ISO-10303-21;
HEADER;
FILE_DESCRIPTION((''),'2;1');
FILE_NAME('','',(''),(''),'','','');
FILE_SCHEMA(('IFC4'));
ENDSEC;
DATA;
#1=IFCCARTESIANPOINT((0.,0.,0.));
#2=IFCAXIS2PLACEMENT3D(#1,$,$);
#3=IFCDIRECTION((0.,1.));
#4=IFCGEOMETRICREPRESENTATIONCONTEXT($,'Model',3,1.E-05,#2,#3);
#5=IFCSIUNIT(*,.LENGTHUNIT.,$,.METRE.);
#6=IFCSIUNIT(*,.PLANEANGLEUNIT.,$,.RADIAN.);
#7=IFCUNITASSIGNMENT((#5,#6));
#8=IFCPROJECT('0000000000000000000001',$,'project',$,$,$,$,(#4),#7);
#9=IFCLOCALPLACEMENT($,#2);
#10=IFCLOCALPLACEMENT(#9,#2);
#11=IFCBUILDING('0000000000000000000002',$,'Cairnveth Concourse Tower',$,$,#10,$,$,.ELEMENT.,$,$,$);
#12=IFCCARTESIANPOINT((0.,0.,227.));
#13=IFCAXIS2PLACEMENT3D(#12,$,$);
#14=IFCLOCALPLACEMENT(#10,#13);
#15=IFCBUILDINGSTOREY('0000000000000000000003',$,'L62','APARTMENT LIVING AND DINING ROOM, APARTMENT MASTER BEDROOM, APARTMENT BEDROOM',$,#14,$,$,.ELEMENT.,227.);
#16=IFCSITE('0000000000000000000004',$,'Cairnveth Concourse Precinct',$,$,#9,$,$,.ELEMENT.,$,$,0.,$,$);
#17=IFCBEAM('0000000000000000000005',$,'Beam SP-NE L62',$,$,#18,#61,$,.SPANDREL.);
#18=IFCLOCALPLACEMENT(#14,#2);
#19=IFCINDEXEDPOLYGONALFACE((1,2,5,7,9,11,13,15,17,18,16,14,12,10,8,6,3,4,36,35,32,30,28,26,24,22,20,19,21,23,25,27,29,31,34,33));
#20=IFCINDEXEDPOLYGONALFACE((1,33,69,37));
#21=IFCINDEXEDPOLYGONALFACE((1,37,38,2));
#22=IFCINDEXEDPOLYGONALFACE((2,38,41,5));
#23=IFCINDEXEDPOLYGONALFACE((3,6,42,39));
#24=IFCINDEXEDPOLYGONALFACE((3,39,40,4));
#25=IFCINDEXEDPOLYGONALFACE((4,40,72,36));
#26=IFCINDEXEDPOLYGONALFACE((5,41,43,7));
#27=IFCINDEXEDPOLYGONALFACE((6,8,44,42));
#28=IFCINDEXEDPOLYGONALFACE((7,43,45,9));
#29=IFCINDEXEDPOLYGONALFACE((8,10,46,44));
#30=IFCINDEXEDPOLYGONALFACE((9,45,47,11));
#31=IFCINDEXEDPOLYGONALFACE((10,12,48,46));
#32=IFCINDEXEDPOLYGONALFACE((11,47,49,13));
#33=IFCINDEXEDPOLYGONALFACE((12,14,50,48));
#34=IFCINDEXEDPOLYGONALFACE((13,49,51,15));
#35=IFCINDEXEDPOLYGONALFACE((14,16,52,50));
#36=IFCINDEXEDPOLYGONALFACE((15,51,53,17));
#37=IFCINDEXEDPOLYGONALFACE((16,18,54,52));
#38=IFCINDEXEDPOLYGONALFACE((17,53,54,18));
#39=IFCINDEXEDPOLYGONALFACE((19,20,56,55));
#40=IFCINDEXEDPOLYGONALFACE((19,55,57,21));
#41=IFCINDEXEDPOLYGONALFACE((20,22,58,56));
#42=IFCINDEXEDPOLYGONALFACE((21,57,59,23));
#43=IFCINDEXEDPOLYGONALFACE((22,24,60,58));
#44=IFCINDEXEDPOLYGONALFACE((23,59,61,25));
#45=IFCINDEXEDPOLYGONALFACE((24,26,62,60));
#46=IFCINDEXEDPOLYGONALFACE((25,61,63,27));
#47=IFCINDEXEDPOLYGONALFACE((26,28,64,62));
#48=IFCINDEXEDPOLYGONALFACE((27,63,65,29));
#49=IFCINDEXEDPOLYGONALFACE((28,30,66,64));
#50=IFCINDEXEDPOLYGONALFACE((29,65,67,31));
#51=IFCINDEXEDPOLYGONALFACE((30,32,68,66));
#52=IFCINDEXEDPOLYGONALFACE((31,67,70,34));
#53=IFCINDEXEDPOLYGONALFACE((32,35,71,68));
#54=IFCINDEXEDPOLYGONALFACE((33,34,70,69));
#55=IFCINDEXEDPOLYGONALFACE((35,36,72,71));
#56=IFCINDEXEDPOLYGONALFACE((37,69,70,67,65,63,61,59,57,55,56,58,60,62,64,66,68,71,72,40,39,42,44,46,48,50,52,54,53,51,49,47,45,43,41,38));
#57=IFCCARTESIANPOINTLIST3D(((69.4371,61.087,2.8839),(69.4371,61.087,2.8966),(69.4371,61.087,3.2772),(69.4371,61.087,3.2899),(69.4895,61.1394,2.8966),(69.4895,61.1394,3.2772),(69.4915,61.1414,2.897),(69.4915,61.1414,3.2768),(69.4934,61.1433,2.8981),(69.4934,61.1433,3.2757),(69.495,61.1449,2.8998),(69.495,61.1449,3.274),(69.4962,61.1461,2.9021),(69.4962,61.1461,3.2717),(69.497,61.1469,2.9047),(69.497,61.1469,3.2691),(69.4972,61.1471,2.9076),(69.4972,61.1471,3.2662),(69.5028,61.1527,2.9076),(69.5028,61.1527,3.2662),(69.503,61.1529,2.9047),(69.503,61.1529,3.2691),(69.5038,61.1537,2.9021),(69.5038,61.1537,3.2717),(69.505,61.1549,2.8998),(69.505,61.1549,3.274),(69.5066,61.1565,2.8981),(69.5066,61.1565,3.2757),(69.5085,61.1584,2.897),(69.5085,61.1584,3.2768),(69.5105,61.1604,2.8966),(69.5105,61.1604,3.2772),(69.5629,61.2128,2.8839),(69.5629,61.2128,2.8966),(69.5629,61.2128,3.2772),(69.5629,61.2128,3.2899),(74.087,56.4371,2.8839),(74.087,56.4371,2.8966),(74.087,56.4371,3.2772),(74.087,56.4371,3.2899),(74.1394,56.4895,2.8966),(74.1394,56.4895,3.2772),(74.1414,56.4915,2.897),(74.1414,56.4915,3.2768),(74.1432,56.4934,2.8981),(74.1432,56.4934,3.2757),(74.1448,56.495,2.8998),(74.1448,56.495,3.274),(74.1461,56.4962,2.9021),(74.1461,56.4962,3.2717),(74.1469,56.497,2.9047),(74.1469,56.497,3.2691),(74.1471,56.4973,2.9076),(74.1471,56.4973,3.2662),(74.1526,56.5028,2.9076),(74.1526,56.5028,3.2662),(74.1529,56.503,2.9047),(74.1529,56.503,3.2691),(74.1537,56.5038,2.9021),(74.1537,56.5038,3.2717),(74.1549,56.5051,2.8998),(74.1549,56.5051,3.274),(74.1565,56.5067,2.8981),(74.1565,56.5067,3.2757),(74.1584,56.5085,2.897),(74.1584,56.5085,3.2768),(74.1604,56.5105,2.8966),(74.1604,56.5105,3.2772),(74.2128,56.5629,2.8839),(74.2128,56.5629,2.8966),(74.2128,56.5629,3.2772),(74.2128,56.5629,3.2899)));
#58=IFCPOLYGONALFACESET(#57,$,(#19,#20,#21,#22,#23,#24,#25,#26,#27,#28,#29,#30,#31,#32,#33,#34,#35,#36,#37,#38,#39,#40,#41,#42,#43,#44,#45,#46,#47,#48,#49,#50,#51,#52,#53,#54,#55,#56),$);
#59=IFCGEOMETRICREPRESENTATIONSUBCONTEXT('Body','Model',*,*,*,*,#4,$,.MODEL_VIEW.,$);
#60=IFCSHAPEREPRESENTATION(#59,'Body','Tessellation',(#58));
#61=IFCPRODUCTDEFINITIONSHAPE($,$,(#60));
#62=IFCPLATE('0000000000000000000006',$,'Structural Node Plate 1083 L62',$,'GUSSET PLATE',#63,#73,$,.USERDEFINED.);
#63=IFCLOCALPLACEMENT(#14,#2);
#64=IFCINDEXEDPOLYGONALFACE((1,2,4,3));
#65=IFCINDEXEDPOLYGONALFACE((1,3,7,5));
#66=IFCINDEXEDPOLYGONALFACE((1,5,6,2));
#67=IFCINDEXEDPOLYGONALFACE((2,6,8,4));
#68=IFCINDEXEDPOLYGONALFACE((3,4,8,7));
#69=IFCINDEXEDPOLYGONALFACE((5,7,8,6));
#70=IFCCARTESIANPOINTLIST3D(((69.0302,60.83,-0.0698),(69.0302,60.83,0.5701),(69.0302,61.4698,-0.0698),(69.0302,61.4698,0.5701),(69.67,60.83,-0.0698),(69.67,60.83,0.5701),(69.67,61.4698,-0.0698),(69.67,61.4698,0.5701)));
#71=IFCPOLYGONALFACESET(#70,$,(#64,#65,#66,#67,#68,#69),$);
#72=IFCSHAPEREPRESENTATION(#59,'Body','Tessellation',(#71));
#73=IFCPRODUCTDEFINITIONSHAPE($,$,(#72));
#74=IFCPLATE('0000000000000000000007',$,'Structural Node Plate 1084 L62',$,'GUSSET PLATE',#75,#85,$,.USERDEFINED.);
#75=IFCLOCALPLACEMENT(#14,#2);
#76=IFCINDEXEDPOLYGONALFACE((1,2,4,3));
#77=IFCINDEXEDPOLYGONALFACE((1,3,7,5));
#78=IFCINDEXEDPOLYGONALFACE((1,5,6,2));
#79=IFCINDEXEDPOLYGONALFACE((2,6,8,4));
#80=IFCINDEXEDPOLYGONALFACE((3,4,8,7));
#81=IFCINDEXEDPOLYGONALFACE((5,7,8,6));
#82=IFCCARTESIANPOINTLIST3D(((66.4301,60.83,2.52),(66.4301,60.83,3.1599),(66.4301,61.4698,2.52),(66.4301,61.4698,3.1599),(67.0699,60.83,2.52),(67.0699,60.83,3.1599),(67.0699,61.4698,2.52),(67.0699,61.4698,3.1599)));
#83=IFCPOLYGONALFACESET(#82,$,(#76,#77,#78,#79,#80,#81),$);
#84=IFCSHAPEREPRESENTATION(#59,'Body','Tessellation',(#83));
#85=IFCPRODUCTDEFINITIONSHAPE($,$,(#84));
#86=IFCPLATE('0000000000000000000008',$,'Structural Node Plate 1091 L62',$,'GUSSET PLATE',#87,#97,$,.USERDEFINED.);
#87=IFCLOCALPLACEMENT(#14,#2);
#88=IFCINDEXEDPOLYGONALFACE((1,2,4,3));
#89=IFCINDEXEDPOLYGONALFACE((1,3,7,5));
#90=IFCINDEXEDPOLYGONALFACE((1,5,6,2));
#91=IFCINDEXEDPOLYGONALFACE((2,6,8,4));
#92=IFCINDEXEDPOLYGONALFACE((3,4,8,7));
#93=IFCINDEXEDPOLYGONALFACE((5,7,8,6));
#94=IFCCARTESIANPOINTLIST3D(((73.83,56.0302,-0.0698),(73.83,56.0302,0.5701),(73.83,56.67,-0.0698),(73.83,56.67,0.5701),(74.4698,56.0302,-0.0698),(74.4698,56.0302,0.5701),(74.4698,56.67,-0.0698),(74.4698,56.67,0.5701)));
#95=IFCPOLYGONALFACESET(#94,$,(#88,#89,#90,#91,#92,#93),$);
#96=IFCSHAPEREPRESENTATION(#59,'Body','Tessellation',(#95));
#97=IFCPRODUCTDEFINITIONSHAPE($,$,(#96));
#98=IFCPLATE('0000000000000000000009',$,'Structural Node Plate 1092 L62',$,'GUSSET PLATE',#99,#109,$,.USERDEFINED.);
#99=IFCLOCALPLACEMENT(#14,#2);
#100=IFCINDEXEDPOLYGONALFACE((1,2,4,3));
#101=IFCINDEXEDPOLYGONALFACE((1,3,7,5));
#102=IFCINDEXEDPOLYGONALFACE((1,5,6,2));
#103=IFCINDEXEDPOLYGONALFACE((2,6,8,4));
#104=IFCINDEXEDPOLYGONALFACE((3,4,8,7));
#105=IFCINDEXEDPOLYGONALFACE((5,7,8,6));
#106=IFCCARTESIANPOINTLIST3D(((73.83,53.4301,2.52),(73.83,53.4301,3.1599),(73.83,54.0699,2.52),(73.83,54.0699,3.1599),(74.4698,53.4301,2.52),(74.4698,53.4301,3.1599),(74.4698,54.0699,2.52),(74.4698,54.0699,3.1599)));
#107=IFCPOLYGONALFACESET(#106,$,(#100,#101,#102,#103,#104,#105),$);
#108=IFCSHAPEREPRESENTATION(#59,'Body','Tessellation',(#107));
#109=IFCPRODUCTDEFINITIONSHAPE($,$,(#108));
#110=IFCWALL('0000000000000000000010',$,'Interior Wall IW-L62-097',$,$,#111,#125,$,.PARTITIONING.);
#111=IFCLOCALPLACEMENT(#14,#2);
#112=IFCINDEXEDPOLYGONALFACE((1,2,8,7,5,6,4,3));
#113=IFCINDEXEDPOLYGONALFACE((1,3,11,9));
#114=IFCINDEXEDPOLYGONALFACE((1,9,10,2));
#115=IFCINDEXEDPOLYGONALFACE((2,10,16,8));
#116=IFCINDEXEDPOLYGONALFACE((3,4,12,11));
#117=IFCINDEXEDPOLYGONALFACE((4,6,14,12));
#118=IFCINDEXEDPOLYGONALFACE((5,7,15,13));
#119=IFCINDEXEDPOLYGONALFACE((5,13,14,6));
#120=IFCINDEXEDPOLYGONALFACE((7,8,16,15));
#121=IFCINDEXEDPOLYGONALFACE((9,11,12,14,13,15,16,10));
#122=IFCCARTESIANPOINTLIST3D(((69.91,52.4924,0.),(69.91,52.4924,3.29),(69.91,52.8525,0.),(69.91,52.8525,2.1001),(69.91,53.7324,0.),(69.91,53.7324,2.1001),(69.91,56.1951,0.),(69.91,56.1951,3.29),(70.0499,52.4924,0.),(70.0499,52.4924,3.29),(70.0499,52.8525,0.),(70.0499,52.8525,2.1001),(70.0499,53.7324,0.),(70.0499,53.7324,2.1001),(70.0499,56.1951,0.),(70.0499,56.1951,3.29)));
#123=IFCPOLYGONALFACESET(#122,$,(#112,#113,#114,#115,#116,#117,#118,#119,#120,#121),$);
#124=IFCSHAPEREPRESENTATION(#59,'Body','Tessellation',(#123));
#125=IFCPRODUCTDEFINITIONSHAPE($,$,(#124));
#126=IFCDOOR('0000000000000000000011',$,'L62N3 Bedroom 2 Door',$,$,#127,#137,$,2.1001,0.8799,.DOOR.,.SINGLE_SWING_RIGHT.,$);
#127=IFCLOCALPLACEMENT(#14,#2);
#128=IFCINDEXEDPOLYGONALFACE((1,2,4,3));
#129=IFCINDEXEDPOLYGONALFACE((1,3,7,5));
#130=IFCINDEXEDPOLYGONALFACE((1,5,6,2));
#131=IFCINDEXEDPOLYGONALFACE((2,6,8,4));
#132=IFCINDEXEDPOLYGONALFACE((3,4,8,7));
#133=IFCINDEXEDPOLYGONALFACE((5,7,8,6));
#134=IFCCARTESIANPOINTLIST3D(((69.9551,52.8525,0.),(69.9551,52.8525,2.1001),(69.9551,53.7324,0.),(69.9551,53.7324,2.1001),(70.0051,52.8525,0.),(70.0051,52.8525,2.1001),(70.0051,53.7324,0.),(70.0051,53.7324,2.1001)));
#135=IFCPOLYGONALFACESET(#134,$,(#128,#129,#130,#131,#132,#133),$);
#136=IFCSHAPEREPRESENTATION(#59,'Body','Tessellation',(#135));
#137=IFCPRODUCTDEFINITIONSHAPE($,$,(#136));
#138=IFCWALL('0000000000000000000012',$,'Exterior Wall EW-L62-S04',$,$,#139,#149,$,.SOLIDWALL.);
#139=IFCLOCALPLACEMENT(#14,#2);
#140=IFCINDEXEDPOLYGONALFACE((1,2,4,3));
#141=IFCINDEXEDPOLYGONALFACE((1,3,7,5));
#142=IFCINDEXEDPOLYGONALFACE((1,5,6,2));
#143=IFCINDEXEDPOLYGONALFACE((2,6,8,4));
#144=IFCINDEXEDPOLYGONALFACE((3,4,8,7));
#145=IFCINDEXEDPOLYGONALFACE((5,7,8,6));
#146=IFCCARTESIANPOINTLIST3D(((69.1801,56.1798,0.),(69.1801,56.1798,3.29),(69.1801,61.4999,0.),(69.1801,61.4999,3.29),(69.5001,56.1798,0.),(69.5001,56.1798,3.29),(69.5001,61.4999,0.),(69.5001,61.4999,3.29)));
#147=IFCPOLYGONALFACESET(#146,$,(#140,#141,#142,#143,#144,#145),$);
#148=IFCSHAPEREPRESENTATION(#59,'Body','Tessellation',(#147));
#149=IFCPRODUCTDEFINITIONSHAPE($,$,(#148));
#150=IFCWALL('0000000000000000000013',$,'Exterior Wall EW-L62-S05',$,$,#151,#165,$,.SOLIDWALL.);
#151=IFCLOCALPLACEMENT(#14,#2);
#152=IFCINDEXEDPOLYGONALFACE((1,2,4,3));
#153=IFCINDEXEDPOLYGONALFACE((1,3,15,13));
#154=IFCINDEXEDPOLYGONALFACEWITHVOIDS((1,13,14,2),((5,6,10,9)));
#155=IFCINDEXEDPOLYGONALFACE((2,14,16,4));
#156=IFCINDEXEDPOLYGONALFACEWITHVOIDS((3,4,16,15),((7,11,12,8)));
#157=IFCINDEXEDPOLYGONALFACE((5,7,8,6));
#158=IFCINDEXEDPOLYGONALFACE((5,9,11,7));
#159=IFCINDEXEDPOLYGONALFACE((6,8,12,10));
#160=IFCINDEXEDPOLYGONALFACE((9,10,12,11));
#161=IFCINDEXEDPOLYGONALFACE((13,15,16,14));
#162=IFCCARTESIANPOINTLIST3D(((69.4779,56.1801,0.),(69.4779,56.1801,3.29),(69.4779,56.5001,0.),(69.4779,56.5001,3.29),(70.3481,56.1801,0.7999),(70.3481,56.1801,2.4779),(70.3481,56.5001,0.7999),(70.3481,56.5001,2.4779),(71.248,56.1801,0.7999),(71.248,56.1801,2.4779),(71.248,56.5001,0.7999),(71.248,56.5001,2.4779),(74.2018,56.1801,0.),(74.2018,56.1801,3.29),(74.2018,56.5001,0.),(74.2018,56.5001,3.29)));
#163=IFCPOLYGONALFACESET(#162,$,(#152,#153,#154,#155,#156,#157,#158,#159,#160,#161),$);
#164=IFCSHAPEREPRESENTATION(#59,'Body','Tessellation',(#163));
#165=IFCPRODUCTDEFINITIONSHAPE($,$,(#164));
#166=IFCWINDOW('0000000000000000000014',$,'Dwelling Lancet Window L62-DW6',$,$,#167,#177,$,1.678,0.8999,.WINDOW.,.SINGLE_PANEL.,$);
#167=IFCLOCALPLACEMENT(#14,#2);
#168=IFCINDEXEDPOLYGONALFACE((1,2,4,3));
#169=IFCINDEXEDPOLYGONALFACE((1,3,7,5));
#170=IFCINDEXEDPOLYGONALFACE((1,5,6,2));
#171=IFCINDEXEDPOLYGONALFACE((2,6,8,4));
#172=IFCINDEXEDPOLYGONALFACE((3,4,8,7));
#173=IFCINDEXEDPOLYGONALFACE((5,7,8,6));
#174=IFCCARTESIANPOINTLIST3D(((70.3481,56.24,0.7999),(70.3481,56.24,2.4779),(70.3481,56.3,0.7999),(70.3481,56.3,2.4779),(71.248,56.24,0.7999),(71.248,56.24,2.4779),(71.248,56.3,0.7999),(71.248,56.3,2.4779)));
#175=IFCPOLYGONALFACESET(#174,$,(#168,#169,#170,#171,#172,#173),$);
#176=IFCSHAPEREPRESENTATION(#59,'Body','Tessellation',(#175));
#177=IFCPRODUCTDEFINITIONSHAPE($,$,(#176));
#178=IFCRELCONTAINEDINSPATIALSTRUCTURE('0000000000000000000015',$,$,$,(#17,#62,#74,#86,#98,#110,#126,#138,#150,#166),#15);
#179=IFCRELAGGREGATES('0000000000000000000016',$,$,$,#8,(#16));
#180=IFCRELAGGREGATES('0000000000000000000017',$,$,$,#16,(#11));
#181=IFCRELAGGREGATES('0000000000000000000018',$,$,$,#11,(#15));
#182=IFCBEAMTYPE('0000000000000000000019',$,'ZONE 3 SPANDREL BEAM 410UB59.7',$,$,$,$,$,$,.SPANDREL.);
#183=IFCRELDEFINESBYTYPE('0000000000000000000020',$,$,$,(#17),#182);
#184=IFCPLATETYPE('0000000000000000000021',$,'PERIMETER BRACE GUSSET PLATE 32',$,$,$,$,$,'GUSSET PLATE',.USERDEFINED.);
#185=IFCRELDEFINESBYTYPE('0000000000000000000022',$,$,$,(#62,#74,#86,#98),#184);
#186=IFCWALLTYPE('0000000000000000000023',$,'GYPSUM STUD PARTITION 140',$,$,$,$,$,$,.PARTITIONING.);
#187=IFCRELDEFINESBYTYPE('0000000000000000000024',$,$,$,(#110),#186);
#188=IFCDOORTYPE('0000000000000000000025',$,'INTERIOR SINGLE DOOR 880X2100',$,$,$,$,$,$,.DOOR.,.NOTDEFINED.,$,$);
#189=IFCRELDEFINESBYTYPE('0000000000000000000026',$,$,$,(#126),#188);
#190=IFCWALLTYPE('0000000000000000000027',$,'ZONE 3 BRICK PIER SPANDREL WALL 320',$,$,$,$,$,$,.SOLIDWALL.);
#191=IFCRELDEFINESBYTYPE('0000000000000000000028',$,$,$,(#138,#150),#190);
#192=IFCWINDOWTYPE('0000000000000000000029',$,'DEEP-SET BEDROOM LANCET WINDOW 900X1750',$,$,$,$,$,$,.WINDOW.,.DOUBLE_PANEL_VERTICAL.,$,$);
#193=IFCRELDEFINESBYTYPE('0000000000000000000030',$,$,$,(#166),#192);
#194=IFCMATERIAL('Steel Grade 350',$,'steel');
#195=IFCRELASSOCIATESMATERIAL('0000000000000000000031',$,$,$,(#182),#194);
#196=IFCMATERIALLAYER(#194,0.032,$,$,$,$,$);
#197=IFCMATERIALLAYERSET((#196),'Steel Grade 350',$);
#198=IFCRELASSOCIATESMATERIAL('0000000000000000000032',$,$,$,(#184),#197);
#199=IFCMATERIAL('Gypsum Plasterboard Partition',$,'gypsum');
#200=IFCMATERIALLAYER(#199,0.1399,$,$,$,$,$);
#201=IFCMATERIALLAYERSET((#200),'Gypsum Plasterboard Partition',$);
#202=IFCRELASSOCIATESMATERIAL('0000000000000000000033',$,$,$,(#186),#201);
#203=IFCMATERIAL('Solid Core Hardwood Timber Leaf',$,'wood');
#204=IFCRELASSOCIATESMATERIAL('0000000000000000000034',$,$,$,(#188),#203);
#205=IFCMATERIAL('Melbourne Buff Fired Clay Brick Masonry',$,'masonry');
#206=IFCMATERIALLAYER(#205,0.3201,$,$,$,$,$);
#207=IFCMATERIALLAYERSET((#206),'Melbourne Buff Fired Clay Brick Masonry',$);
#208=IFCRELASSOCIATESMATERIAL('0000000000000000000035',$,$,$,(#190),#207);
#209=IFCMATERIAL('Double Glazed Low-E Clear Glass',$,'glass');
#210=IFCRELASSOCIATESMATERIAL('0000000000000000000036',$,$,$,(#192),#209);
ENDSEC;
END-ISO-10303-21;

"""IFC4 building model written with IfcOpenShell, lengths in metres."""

from ifc_helpers import new_model, si_unit, direction, frame, frame_2d, origin, origin_2d, place, context, subcontext, project, spatial, rectangle, i_section, extrude, material, layer, layer_set, material_profile, profile_set, type_object, element, fill, save


model = new_model("IFC4")

# Units and contexts
model_context = context("Model", 3, precision=1e-05, world=origin(), true_north=direction((0.0, 1.0)))
body_context = subcontext(model_context, "Body", "Model", "MODEL_VIEW")
ifc_project = project(units=[si_unit("LENGTHUNIT", "METRE"), si_unit("PLANEANGLEUNIT", "RADIAN")], contexts=[model_context])

# Site, building, storey
site_placement = place(None, origin())
site = spatial("IfcSite", under=ifc_project, at=site_placement, Name="Cairnveth Concourse Precinct", CompositionType="ELEMENT", RefElevation=0.0)
building_placement = place(site_placement, origin())
building = spatial("IfcBuilding", under=site, at=building_placement, Name="Cairnveth Concourse Tower", CompositionType="ELEMENT")
storey_placement = place(building_placement, frame((0.0, 0.0, 227.0)))
storey = spatial("IfcBuildingStorey", under=building, at=storey_placement, Name="L62", Description="APARTMENT LIVING AND DINING ROOM, APARTMENT MASTER BEDROOM, APARTMENT BEDROOM", CompositionType="ELEMENT", Elevation=227.0)

# Shared definitions
ifc_material_1 = material(Name="Steel Grade 350", Category="steel")

# Beam
ifc_material_profile_1 = material_profile(ifc_material_1, i_section(OverallWidth=0.178, OverallDepth=0.406, WebThickness=0.0078, FlangeThickness=0.0127, FilletRadius=0.011, at=origin_2d()), Name="410UB59.7")
ifc_profile_set_1 = profile_set([ifc_material_profile_1], Name="Steel Grade 350")
beam_type_1 = type_object("IfcBeamType", Name="ZONE 3 SPANDREL BEAM 410UB59.7", PredefinedType="SPANDREL", material=ifc_profile_set_1)
beam_1_placement = place(storey_placement, frame((69.5, 61.1499, 3.0869), z_axis=(0.707107, -0.707107, 0.0), x_axis=(0.707107, 0.707107, 0.0)))
element("IfcBeam", 1, at=beam_1_placement, inside=storey, type_object=beam_type_1, Name="Beam SP-NE L62", PredefinedType="SPANDREL", context=body_context, shape_type="SweptSolid", body=[
    extrude(i_section(OverallWidth=0.178, OverallDepth=0.406, WebThickness=0.0078, FlangeThickness=0.0127, FilletRadius=0.011, at=origin_2d()), origin(), (0.0, 0.0, 1.0), 6.5759),
])

# Plates
ifc_layer_1 = layer(ifc_material_1, 0.032)
ifc_layer_set_1 = layer_set([ifc_layer_1], Name="Steel Grade 350")
plate_type = type_object("IfcPlateType", Name="PERIMETER BRACE GUSSET PLATE 32", ElementType="GUSSET PLATE", PredefinedType="USERDEFINED", material=ifc_layer_set_1)
for number, where, z_axis, x_axis, name in (
    (2, (69.3501, 61.1499, -0.0698), (0.0, 0.0, 1.0), (1.0, 0.0, 0.0), "Structural Node Plate 1083 L62"),
    (3, (66.75, 61.1499, 2.52), (0.0, 0.0, 1.0), (1.0, 0.0, 0.0), "Structural Node Plate 1084 L62"),
    (4, (74.1499, 56.3501, -0.0698), (0.0, 0.0, 1.0), (1.0, 0.0, 0.0), "Structural Node Plate 1091 L62"),
    (5, (74.1499, 53.75, 2.52), (0.0, 0.0, 1.0), (1.0, 0.0, 0.0), "Structural Node Plate 1092 L62"),
):
    element("IfcPlate", number, at=place(storey_placement, frame(where, z_axis=z_axis, x_axis=x_axis)), inside=storey, type_object=plate_type, Name=name, ObjectType="GUSSET PLATE", PredefinedType="USERDEFINED", context=body_context, shape_type="SweptSolid", body=[
        extrude(rectangle(XDim=0.6399, YDim=0.6399, at=origin_2d()), origin(), (0.0, 0.0, 1.0), 0.6399),
    ])

# Wall, opening, door
ifc_material_2 = material(Name="Gypsum Plasterboard Partition", Category="gypsum")
ifc_layer_2 = layer(ifc_material_2, 0.1399)
ifc_layer_set_2 = layer_set([ifc_layer_2], Name="Gypsum Plasterboard Partition")
wall_type_1 = type_object("IfcWallType", Name="GYPSUM STUD PARTITION 140", PredefinedType="PARTITIONING", material=ifc_layer_set_2)
wall_1_placement = place(storey_placement, frame((69.98, 52.4924, 0.0), z_axis=(0.0, 0.0, 1.0), x_axis=(0.0, 1.0, 0.0)))
wall_1 = element("IfcWall", 6, at=wall_1_placement, inside=storey, type_object=wall_type_1, Name="Interior Wall IW-L62-097", PredefinedType="PARTITIONING", context=body_context, shape_type="SweptSolid", body=[
    extrude(rectangle(XDim=3.7026, YDim=0.1399, at=frame_2d((1.8513, 0.0))), origin(), (0.0, 0.0, 1.0), 3.29),
])
opening_1_placement = place(wall_1_placement, frame((0.3601, 0.0, 0.0)))
opening_1 = element("IfcOpeningElement", 7, at=opening_1_placement, cuts=wall_1, PredefinedType="OPENING", context=body_context, shape_type="SweptSolid", body=[
    extrude(rectangle(XDim=0.8799, YDim=2.1001, at=frame_2d((0.4399, 1.05))), frame((0.0, 0.0798, 0.0), z_axis=(0.0, -1.0, 0.0), x_axis=(1.0, 0.0, 0.0)), (0.0, 0.0, 1.0), 0.1599),
])
ifc_material_3 = material(Name="Solid Core Hardwood Timber Leaf", Category="wood")
door_type = type_object("IfcDoorType", Name="INTERIOR SINGLE DOOR 880X2100", OperationType="NOTDEFINED", PredefinedType="DOOR", material=ifc_material_3)
door_placement = place(opening_1_placement, origin())
door = element("IfcDoor", 8, at=door_placement, inside=storey, type_object=door_type, Name="L62N3 Bedroom 2 Door", OperationType="SINGLE_SWING_RIGHT", OverallHeight=2.1001, OverallWidth=0.8799, PredefinedType="DOOR", context=body_context, shape_type="SweptSolid", body=[
    extrude(rectangle(XDim=0.8799, YDim=2.1001, at=frame_2d((0.4399, 1.05))), frame((0.0, 0.0249, 0.0), z_axis=(0.0, -1.0, 0.0), x_axis=(1.0, 0.0, 0.0)), (0.0, 0.0, 1.0), 0.05),
])
fill(opening_1, door)

# Wall
ifc_material_4 = material(Name="Melbourne Buff Fired Clay Brick Masonry", Category="masonry")
ifc_layer_3 = layer(ifc_material_4, 0.3201)
ifc_layer_set_3 = layer_set([ifc_layer_3], Name="Melbourne Buff Fired Clay Brick Masonry")
wall_type_2 = type_object("IfcWallType", Name="ZONE 3 BRICK PIER SPANDREL WALL 320", PredefinedType="SOLIDWALL", material=ifc_layer_set_3)
wall_2_placement = place(storey_placement, frame((69.3401, 61.5, 0.0), z_axis=(0.0, 0.0, 1.0), x_axis=(0.0, -1.0, 0.0)))
element("IfcWall", 9, at=wall_2_placement, inside=storey, type_object=wall_type_2, Name="Exterior Wall EW-L62-S04", PredefinedType="SOLIDWALL", context=body_context, shape_type="SweptSolid", body=[
    extrude(rectangle(XDim=5.3201, YDim=0.3201, at=frame_2d((2.6602, 0.0))), origin(), (0.0, 0.0, 1.0), 3.29),
])

# Wall, opening, window
wall_3_placement = place(storey_placement, frame((69.478, 56.3401, 0.0), z_axis=(0.0, 0.0, 1.0), x_axis=(1.0, 0.0, 0.0)))
wall_3 = element("IfcWall", 10, at=wall_3_placement, inside=storey, type_object=wall_type_2, Name="Exterior Wall EW-L62-S05", PredefinedType="SOLIDWALL", context=body_context, shape_type="SweptSolid", body=[
    extrude(rectangle(XDim=4.7239, YDim=0.3201, at=frame_2d((2.3618, 0.0))), origin(), (0.0, 0.0, 1.0), 3.29),
])
opening_2_placement = place(wall_3_placement, frame((0.8701, 0.0, 0.8)))
opening_2 = element("IfcOpeningElement", 11, at=opening_2_placement, cuts=wall_3, PredefinedType="OPENING", context=body_context, shape_type="SweptSolid", body=[
    extrude(rectangle(XDim=0.8999, YDim=1.678, at=frame_2d((0.45, 0.8389))), frame((0.0, 0.1699, 0.0), z_axis=(0.0, -1.0, 0.0), x_axis=(1.0, 0.0, 0.0)), (0.0, 0.0, 1.0), 0.3401),
])
ifc_material_5 = material(Name="Double Glazed Low-E Clear Glass", Category="glass")
window_type_1 = type_object("IfcWindowType", Name="DEEP-SET BEDROOM LANCET WINDOW 900X1750", PartitioningType="DOUBLE_PANEL_VERTICAL", PredefinedType="WINDOW", material=ifc_material_5)
window_1_placement = place(opening_2_placement, origin())
window_1 = element("IfcWindow", 12, at=window_1_placement, inside=storey, type_object=window_type_1, Name="Dwelling Lancet Window L62-DW6", OverallHeight=1.678, OverallWidth=0.8999, PartitioningType="SINGLE_PANEL", PredefinedType="WINDOW", context=body_context, shape_type="SweptSolid", body=[
    extrude(rectangle(XDim=0.8999, YDim=1.678, at=frame_2d((0.45, 0.8389))), frame((0.0, -0.04, 0.0), z_axis=(0.0, -1.0, 0.0), x_axis=(1.0, 0.0, 0.0)), (0.0, 0.0, 1.0), 0.0601),
])
fill(opening_2, window_1)

save(model, "model.ifc")
